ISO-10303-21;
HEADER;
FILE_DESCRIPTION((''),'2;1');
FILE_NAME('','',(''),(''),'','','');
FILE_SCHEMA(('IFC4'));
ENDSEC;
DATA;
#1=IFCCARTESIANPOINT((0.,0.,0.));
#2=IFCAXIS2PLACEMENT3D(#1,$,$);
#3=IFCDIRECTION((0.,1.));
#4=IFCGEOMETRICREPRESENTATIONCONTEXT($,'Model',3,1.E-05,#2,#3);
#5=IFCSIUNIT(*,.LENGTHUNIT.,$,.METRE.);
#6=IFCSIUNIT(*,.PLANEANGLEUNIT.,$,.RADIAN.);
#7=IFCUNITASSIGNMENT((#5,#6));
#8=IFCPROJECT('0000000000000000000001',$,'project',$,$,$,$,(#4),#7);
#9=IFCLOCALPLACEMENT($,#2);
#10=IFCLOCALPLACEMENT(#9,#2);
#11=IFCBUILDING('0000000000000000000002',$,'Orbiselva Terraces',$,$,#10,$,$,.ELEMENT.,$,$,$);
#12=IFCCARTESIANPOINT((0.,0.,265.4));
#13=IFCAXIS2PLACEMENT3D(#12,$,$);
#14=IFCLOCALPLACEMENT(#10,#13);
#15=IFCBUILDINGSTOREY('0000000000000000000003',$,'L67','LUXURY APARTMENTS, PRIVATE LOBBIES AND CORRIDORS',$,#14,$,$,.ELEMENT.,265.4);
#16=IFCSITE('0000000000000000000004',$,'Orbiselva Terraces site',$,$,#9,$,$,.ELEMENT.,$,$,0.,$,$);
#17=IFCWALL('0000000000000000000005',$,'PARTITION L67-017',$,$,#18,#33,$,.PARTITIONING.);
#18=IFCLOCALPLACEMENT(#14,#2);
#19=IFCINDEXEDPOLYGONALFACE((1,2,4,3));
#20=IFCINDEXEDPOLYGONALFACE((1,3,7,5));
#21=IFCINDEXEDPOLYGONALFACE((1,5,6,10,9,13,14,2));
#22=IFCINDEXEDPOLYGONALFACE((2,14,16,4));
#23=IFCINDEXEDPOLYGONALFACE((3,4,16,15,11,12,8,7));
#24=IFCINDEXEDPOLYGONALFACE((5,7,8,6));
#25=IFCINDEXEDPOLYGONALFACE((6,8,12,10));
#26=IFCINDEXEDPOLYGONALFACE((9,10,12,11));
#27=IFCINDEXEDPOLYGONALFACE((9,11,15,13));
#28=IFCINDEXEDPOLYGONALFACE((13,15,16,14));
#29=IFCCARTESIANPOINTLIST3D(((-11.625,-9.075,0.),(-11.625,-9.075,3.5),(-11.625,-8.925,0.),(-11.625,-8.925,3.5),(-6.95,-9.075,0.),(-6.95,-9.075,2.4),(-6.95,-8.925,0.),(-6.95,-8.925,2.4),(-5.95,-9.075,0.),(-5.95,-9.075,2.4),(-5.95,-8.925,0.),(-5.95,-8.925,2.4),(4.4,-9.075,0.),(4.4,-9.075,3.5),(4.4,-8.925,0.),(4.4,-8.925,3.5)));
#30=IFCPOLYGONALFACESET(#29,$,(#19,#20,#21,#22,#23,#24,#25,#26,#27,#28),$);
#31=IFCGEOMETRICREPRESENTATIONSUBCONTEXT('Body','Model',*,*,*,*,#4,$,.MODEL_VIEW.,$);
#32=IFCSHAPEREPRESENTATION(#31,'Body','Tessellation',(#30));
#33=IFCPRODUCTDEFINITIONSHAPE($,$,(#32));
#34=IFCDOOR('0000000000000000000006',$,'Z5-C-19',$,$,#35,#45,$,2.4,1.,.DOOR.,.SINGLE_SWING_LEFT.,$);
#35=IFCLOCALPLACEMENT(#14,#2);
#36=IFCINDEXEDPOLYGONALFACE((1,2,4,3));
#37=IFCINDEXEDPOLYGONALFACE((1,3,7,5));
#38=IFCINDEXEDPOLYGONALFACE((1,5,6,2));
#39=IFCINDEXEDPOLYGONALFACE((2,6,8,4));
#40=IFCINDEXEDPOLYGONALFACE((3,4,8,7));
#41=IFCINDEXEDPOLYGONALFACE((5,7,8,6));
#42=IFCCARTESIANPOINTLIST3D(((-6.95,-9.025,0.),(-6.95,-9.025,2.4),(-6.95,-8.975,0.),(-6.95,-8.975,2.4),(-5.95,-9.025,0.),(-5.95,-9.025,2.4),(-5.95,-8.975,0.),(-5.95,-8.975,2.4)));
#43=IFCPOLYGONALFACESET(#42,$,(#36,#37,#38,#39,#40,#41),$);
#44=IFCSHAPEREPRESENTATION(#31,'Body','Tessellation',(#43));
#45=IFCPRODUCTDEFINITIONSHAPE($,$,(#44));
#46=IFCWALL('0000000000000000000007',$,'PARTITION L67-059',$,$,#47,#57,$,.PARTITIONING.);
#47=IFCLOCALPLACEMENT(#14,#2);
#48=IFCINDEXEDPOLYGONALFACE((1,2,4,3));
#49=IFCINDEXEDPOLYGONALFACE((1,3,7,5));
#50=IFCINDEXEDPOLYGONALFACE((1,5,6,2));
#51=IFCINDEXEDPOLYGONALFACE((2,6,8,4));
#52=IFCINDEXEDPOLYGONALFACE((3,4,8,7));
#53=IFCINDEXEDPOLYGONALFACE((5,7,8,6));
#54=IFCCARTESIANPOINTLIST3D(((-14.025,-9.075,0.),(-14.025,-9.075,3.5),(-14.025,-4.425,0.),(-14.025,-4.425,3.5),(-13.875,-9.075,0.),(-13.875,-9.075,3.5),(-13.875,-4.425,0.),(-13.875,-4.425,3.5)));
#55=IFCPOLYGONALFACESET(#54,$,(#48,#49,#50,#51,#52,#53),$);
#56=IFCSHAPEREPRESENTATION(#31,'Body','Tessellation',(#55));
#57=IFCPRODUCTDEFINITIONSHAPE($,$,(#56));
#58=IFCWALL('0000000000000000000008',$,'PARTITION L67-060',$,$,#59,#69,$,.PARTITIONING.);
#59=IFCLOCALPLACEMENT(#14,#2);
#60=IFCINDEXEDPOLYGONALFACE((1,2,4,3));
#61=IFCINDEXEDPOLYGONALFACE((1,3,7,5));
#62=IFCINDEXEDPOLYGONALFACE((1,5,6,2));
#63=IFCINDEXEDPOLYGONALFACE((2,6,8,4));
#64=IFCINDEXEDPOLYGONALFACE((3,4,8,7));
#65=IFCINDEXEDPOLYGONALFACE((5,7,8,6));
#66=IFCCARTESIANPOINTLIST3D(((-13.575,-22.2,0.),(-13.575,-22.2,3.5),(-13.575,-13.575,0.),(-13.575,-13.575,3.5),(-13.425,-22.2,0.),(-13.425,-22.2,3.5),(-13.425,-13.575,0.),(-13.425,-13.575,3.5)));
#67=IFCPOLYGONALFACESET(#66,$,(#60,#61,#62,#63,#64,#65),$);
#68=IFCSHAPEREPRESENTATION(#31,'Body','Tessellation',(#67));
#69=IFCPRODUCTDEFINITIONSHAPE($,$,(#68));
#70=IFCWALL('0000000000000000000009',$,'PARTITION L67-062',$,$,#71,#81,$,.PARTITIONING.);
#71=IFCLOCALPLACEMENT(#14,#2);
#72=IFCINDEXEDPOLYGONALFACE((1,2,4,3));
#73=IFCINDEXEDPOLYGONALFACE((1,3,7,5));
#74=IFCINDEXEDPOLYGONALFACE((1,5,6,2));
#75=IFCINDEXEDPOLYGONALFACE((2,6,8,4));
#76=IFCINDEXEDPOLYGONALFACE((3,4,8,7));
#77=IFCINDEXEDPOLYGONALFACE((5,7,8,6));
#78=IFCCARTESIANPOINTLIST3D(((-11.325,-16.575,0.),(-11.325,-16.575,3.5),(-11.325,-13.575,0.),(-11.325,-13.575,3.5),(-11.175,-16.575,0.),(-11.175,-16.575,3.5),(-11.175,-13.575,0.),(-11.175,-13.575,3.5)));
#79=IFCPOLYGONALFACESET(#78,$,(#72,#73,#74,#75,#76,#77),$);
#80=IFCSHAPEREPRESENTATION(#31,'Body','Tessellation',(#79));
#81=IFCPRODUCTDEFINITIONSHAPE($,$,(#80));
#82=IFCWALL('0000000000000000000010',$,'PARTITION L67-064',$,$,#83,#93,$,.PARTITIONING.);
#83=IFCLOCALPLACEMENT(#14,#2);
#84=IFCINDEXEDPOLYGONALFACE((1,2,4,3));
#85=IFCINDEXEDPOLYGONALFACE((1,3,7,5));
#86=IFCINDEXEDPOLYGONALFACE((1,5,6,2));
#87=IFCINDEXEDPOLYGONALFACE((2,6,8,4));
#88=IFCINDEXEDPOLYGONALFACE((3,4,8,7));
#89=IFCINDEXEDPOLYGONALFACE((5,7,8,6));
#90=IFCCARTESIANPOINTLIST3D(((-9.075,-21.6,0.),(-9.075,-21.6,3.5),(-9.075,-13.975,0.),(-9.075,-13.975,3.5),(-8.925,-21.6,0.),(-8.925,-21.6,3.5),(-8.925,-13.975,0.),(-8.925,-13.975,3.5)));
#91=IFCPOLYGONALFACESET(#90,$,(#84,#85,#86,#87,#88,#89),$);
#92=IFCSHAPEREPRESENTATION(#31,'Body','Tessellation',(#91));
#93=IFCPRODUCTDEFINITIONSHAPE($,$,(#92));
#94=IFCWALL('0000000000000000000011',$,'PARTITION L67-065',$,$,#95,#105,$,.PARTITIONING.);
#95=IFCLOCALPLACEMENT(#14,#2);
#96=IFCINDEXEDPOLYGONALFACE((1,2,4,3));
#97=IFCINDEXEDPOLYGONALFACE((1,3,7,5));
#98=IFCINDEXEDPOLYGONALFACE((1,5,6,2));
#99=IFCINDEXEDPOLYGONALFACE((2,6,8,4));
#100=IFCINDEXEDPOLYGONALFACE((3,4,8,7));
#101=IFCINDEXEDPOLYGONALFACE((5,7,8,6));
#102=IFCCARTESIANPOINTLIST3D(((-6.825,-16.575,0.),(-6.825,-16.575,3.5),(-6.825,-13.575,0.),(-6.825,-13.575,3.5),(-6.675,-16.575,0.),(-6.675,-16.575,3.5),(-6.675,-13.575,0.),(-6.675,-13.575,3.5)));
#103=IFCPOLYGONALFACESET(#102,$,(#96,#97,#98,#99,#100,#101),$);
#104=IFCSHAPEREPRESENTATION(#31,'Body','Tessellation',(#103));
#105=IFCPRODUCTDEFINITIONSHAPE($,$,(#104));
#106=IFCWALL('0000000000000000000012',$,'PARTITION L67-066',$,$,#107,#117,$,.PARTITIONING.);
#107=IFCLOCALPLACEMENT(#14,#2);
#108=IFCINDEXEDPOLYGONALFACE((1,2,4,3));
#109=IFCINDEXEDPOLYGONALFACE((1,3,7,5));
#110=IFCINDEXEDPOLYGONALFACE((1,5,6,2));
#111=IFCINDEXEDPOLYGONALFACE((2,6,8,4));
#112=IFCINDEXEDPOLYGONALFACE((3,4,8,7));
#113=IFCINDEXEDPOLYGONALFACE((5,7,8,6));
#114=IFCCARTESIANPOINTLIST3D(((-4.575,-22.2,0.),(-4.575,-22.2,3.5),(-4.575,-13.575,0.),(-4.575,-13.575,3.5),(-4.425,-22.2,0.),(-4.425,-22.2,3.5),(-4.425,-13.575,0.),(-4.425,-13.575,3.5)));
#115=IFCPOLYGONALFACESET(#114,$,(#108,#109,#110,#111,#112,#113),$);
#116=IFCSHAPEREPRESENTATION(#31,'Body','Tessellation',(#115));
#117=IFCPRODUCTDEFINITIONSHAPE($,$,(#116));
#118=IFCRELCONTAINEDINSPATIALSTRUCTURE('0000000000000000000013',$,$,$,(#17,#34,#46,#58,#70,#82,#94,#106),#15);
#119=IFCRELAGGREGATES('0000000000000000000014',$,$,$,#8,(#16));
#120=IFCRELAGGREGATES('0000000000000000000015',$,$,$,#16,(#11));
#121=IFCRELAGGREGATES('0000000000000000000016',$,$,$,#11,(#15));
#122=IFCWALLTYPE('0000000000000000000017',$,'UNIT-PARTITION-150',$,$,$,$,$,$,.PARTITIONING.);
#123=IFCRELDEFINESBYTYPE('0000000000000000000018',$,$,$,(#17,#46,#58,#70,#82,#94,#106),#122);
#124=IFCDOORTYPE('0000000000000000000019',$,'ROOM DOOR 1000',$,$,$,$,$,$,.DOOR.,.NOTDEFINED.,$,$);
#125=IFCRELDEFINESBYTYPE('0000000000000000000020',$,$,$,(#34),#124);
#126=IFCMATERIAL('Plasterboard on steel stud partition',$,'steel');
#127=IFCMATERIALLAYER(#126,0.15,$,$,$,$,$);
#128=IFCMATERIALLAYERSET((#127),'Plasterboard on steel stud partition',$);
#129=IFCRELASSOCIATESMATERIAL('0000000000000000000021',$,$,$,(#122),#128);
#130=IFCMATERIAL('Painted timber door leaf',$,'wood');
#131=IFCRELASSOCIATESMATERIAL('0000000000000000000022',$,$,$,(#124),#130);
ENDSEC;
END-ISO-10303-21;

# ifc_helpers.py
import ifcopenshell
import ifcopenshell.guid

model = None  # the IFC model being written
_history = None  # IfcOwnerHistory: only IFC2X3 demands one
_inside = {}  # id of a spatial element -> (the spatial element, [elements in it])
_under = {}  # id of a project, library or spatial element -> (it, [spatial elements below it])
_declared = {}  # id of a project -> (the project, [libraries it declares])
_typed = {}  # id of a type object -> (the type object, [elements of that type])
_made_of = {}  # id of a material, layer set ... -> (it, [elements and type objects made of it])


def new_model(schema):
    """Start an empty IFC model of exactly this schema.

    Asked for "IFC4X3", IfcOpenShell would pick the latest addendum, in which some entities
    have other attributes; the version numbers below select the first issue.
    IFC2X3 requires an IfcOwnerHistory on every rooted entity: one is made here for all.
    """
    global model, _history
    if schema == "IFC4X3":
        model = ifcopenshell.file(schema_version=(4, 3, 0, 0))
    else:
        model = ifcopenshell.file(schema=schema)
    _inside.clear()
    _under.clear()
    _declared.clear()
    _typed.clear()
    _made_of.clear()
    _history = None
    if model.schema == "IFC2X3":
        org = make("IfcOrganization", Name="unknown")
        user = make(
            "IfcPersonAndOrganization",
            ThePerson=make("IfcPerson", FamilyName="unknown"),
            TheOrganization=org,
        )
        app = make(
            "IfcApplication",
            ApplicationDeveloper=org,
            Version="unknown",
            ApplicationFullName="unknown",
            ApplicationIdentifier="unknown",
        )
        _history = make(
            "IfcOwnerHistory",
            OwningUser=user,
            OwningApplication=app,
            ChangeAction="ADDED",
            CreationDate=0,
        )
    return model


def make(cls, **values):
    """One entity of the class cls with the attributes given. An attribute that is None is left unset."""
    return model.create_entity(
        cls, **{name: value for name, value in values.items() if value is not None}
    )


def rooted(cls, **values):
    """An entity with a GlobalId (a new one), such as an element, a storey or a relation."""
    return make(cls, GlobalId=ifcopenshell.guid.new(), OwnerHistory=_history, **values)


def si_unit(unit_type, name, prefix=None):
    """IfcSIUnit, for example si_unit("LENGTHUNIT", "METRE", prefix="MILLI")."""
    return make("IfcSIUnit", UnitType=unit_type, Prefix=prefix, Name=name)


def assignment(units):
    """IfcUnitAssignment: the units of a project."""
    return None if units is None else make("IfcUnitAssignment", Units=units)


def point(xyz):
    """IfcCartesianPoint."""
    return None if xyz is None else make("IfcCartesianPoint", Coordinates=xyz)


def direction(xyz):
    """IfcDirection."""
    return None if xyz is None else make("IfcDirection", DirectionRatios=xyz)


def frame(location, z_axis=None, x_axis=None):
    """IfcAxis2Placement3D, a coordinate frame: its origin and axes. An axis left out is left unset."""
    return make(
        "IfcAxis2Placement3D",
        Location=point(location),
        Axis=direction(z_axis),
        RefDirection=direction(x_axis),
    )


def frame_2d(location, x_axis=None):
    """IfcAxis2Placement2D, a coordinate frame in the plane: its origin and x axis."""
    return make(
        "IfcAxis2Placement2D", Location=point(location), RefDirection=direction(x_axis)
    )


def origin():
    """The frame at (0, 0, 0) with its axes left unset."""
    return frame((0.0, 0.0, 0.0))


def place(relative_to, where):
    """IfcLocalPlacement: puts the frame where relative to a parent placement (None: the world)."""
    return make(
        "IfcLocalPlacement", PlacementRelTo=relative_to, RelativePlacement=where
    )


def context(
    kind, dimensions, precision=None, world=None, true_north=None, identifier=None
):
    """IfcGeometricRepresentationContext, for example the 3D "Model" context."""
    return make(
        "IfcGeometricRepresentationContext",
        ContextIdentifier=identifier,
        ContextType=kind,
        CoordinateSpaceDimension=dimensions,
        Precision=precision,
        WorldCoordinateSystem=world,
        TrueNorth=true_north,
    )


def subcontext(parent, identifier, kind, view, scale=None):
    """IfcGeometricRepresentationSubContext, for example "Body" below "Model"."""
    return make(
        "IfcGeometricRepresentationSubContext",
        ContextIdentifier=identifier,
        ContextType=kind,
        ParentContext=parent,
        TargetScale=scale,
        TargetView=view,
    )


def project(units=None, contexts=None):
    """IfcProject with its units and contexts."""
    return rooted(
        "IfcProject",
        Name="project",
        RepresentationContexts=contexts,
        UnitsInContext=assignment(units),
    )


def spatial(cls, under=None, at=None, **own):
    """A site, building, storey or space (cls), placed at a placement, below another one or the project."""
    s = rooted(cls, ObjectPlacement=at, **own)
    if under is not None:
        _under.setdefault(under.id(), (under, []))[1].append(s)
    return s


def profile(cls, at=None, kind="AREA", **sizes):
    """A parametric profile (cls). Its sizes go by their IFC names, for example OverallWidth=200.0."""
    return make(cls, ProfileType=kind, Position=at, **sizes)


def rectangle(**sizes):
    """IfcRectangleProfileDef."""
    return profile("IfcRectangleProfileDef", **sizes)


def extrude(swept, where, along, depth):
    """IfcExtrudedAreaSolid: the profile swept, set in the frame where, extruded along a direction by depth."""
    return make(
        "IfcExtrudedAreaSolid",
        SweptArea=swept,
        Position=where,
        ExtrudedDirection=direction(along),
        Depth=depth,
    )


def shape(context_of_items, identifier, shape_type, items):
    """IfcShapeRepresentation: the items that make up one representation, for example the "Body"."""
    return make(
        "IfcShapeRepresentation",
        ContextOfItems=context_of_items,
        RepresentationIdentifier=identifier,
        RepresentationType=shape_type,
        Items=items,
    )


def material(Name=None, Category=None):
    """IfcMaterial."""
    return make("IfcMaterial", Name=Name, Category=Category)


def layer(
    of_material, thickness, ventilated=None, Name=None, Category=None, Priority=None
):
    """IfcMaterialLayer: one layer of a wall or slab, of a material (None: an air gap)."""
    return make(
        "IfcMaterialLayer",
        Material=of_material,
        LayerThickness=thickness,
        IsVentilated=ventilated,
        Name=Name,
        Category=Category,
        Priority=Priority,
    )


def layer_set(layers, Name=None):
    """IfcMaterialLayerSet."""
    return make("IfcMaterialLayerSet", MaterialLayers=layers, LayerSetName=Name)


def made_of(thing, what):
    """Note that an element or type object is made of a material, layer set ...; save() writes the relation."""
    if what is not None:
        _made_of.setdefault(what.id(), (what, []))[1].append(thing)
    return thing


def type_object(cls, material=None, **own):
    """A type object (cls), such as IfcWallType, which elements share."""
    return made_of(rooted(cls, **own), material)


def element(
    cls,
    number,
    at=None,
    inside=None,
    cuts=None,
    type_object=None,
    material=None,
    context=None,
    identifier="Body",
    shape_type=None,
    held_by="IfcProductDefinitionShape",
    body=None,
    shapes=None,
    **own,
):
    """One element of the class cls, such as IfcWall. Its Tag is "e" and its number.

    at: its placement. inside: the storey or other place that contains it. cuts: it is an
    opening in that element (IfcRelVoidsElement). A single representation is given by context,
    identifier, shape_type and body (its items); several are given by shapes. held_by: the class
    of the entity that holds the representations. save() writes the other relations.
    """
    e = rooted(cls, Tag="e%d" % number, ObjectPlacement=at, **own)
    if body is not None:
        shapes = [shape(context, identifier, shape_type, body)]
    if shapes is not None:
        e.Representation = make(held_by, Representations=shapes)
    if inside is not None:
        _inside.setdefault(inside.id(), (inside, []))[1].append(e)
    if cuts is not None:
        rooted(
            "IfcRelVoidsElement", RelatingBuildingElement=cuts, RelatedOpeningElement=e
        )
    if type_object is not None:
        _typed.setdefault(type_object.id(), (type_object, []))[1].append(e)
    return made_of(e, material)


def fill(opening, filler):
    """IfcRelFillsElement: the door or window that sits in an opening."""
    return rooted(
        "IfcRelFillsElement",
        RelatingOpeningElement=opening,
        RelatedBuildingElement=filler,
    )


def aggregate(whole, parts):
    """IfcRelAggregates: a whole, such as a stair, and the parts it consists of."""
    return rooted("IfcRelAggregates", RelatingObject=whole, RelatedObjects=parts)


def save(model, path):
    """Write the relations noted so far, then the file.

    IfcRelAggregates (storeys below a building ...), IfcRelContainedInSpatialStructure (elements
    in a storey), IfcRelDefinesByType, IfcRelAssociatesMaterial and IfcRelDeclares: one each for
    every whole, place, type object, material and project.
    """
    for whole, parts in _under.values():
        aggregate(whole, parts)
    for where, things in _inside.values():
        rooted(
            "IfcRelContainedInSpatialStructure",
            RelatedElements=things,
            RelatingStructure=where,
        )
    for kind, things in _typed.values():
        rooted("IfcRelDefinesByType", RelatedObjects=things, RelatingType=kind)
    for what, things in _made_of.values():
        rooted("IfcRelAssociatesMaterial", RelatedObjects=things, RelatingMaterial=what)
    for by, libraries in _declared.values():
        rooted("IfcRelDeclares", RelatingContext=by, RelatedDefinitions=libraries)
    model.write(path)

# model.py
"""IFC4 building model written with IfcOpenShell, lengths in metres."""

from ifc_helpers import new_model, si_unit, direction, frame, frame_2d, origin, place, context, subcontext, project, spatial, rectangle, extrude, material, layer, layer_set, type_object, element, fill, save


model = new_model("IFC4")

# Units and contexts
model_context = context("Model", 3, precision=1e-05, world=origin(), true_north=direction((0.0, 1.0)))
body_context = subcontext(model_context, "Body", "Model", "MODEL_VIEW")
ifc_project = project(units=[si_unit("LENGTHUNIT", "METRE"), si_unit("PLANEANGLEUNIT", "RADIAN")], contexts=[model_context])

# Site, building, storey
site_placement = place(None, origin())
site = spatial("IfcSite", under=ifc_project, at=site_placement, Name="Orbiselva Terraces site", CompositionType="ELEMENT", RefElevation=0.0)
building_placement = place(site_placement, origin())
building = spatial("IfcBuilding", under=site, at=building_placement, Name="Orbiselva Terraces", CompositionType="ELEMENT")
storey_placement = place(building_placement, frame((0.0, 0.0, 265.4)))
storey = spatial("IfcBuildingStorey", under=building, at=storey_placement, Name="L67", Description="LUXURY APARTMENTS, PRIVATE LOBBIES AND CORRIDORS", CompositionType="ELEMENT", Elevation=265.4)

# Shared definitions
ifc_material_1 = material(Name="Plasterboard on steel stud partition", Category="steel")
ifc_layer_1 = layer(ifc_material_1, 0.15)
ifc_layer_set_1 = layer_set([ifc_layer_1], Name="Plasterboard on steel stud partition")
wall_type_1 = type_object("IfcWallType", Name="UNIT-PARTITION-150", PredefinedType="PARTITIONING", material=ifc_layer_set_1)
ifc_material_2 = material(Name="Painted timber door leaf", Category="wood")

# Shared definitions
door_type_1 = type_object("IfcDoorType", Name="ROOM DOOR 1000", OperationType="NOTDEFINED", PredefinedType="DOOR", material=ifc_material_2)

# Wall, opening, door
wall_1_placement = place(storey_placement, frame((-11.625, -9.0, 0.0), z_axis=(0.0, 0.0, 1.0), x_axis=(1.0, 0.0, 0.0)))
wall_1 = element("IfcWall", 1, at=wall_1_placement, inside=storey, type_object=wall_type_1, Name="PARTITION L67-017", PredefinedType="PARTITIONING", context=body_context, shape_type="SweptSolid", body=[
    extrude(rectangle(XDim=16.025, YDim=0.15, at=frame_2d((8.0125, 0.0))), origin(), (0.0, 0.0, 1.0), 3.5),
])
opening_1_placement = place(wall_1_placement, frame((4.675, 0.0, 0.0)))
opening_1 = element("IfcOpeningElement", 2, at=opening_1_placement, cuts=wall_1, PredefinedType="OPENING", context=body_context, shape_type="SweptSolid", body=[
    extrude(rectangle(XDim=1.0, YDim=2.4, at=frame_2d((0.5, 1.2))), frame((0.0, 0.085, 0.0), z_axis=(0.0, -1.0, 0.0), x_axis=(1.0, 0.0, 0.0)), (0.0, 0.0, 1.0), 0.17),
])
door_1_placement = place(opening_1_placement, origin())
door_1 = element("IfcDoor", 3, at=door_1_placement, inside=storey, type_object=door_type_1, Name="Z5-C-19", OperationType="SINGLE_SWING_LEFT", OverallHeight=2.4, OverallWidth=1.0, PredefinedType="DOOR", context=body_context, shape_type="SweptSolid", body=[
    extrude(rectangle(XDim=1.0, YDim=2.4, at=frame_2d((0.5, 1.2))), frame((0.0, 0.025, 0.0), z_axis=(0.0, -1.0, 0.0), x_axis=(1.0, 0.0, 0.0)), (0.0, 0.0, 1.0), 0.05),
])
fill(opening_1, door_1)

# Walls
wall_2_placement = place(storey_placement, frame((-13.95, -9.075, 0.0), z_axis=(0.0, 0.0, 1.0), x_axis=(0.0, 1.0, 0.0)))
element("IfcWall", 4, at=wall_2_placement, inside=storey, type_object=wall_type_1, Name="PARTITION L67-059", PredefinedType="PARTITIONING", context=body_context, shape_type="SweptSolid", body=[
    extrude(rectangle(XDim=4.65, YDim=0.15, at=frame_2d((2.325, 0.0))), origin(), (0.0, 0.0, 1.0), 3.5),
])
wall_3_placement = place(storey_placement, frame((-13.5, -22.2, 0.0), z_axis=(0.0, 0.0, 1.0), x_axis=(0.0, 1.0, 0.0)))
element("IfcWall", 5, at=wall_3_placement, inside=storey, type_object=wall_type_1, Name="PARTITION L67-060", PredefinedType="PARTITIONING", context=body_context, shape_type="SweptSolid", body=[
    extrude(rectangle(XDim=8.625, YDim=0.15, at=frame_2d((4.3125, 0.0))), origin(), (0.0, 0.0, 1.0), 3.5),
])
wall_4_placement = place(storey_placement, frame((-11.25, -16.575, 0.0), z_axis=(0.0, 0.0, 1.0), x_axis=(0.0, 1.0, 0.0)))
element("IfcWall", 6, at=wall_4_placement, inside=storey, type_object=wall_type_1, Name="PARTITION L67-062", PredefinedType="PARTITIONING", context=body_context, shape_type="SweptSolid", body=[
    extrude(rectangle(XDim=3.0, YDim=0.15, at=frame_2d((1.5, 0.0))), origin(), (0.0, 0.0, 1.0), 3.5),
])
wall_5_placement = place(storey_placement, frame((-9.0, -21.6, 0.0), z_axis=(0.0, 0.0, 1.0), x_axis=(0.0, 1.0, 0.0)))
element("IfcWall", 7, at=wall_5_placement, inside=storey, type_object=wall_type_1, Name="PARTITION L67-064", PredefinedType="PARTITIONING", context=body_context, shape_type="SweptSolid", body=[
    extrude(rectangle(XDim=7.625, YDim=0.15, at=frame_2d((3.8125, 0.0))), origin(), (0.0, 0.0, 1.0), 3.5),
])
wall_6_placement = place(storey_placement, frame((-6.75, -16.575, 0.0), z_axis=(0.0, 0.0, 1.0), x_axis=(0.0, 1.0, 0.0)))
element("IfcWall", 8, at=wall_6_placement, inside=storey, type_object=wall_type_1, Name="PARTITION L67-065", PredefinedType="PARTITIONING", context=body_context, shape_type="SweptSolid", body=[
    extrude(rectangle(XDim=3.0, YDim=0.15, at=frame_2d((1.5, 0.0))), origin(), (0.0, 0.0, 1.0), 3.5),
])
wall_7_placement = place(storey_placement, frame((-4.5, -22.2, 0.0), z_axis=(0.0, 0.0, 1.0), x_axis=(0.0, 1.0, 0.0)))
element("IfcWall", 9, at=wall_7_placement, inside=storey, type_object=wall_type_1, Name="PARTITION L67-066", PredefinedType="PARTITIONING", context=body_context, shape_type="SweptSolid", body=[
    extrude(rectangle(XDim=8.625, YDim=0.15, at=frame_2d((4.3125, 0.0))), origin(), (0.0, 0.0, 1.0), 3.5),
])

save(model, "model.ifc")
